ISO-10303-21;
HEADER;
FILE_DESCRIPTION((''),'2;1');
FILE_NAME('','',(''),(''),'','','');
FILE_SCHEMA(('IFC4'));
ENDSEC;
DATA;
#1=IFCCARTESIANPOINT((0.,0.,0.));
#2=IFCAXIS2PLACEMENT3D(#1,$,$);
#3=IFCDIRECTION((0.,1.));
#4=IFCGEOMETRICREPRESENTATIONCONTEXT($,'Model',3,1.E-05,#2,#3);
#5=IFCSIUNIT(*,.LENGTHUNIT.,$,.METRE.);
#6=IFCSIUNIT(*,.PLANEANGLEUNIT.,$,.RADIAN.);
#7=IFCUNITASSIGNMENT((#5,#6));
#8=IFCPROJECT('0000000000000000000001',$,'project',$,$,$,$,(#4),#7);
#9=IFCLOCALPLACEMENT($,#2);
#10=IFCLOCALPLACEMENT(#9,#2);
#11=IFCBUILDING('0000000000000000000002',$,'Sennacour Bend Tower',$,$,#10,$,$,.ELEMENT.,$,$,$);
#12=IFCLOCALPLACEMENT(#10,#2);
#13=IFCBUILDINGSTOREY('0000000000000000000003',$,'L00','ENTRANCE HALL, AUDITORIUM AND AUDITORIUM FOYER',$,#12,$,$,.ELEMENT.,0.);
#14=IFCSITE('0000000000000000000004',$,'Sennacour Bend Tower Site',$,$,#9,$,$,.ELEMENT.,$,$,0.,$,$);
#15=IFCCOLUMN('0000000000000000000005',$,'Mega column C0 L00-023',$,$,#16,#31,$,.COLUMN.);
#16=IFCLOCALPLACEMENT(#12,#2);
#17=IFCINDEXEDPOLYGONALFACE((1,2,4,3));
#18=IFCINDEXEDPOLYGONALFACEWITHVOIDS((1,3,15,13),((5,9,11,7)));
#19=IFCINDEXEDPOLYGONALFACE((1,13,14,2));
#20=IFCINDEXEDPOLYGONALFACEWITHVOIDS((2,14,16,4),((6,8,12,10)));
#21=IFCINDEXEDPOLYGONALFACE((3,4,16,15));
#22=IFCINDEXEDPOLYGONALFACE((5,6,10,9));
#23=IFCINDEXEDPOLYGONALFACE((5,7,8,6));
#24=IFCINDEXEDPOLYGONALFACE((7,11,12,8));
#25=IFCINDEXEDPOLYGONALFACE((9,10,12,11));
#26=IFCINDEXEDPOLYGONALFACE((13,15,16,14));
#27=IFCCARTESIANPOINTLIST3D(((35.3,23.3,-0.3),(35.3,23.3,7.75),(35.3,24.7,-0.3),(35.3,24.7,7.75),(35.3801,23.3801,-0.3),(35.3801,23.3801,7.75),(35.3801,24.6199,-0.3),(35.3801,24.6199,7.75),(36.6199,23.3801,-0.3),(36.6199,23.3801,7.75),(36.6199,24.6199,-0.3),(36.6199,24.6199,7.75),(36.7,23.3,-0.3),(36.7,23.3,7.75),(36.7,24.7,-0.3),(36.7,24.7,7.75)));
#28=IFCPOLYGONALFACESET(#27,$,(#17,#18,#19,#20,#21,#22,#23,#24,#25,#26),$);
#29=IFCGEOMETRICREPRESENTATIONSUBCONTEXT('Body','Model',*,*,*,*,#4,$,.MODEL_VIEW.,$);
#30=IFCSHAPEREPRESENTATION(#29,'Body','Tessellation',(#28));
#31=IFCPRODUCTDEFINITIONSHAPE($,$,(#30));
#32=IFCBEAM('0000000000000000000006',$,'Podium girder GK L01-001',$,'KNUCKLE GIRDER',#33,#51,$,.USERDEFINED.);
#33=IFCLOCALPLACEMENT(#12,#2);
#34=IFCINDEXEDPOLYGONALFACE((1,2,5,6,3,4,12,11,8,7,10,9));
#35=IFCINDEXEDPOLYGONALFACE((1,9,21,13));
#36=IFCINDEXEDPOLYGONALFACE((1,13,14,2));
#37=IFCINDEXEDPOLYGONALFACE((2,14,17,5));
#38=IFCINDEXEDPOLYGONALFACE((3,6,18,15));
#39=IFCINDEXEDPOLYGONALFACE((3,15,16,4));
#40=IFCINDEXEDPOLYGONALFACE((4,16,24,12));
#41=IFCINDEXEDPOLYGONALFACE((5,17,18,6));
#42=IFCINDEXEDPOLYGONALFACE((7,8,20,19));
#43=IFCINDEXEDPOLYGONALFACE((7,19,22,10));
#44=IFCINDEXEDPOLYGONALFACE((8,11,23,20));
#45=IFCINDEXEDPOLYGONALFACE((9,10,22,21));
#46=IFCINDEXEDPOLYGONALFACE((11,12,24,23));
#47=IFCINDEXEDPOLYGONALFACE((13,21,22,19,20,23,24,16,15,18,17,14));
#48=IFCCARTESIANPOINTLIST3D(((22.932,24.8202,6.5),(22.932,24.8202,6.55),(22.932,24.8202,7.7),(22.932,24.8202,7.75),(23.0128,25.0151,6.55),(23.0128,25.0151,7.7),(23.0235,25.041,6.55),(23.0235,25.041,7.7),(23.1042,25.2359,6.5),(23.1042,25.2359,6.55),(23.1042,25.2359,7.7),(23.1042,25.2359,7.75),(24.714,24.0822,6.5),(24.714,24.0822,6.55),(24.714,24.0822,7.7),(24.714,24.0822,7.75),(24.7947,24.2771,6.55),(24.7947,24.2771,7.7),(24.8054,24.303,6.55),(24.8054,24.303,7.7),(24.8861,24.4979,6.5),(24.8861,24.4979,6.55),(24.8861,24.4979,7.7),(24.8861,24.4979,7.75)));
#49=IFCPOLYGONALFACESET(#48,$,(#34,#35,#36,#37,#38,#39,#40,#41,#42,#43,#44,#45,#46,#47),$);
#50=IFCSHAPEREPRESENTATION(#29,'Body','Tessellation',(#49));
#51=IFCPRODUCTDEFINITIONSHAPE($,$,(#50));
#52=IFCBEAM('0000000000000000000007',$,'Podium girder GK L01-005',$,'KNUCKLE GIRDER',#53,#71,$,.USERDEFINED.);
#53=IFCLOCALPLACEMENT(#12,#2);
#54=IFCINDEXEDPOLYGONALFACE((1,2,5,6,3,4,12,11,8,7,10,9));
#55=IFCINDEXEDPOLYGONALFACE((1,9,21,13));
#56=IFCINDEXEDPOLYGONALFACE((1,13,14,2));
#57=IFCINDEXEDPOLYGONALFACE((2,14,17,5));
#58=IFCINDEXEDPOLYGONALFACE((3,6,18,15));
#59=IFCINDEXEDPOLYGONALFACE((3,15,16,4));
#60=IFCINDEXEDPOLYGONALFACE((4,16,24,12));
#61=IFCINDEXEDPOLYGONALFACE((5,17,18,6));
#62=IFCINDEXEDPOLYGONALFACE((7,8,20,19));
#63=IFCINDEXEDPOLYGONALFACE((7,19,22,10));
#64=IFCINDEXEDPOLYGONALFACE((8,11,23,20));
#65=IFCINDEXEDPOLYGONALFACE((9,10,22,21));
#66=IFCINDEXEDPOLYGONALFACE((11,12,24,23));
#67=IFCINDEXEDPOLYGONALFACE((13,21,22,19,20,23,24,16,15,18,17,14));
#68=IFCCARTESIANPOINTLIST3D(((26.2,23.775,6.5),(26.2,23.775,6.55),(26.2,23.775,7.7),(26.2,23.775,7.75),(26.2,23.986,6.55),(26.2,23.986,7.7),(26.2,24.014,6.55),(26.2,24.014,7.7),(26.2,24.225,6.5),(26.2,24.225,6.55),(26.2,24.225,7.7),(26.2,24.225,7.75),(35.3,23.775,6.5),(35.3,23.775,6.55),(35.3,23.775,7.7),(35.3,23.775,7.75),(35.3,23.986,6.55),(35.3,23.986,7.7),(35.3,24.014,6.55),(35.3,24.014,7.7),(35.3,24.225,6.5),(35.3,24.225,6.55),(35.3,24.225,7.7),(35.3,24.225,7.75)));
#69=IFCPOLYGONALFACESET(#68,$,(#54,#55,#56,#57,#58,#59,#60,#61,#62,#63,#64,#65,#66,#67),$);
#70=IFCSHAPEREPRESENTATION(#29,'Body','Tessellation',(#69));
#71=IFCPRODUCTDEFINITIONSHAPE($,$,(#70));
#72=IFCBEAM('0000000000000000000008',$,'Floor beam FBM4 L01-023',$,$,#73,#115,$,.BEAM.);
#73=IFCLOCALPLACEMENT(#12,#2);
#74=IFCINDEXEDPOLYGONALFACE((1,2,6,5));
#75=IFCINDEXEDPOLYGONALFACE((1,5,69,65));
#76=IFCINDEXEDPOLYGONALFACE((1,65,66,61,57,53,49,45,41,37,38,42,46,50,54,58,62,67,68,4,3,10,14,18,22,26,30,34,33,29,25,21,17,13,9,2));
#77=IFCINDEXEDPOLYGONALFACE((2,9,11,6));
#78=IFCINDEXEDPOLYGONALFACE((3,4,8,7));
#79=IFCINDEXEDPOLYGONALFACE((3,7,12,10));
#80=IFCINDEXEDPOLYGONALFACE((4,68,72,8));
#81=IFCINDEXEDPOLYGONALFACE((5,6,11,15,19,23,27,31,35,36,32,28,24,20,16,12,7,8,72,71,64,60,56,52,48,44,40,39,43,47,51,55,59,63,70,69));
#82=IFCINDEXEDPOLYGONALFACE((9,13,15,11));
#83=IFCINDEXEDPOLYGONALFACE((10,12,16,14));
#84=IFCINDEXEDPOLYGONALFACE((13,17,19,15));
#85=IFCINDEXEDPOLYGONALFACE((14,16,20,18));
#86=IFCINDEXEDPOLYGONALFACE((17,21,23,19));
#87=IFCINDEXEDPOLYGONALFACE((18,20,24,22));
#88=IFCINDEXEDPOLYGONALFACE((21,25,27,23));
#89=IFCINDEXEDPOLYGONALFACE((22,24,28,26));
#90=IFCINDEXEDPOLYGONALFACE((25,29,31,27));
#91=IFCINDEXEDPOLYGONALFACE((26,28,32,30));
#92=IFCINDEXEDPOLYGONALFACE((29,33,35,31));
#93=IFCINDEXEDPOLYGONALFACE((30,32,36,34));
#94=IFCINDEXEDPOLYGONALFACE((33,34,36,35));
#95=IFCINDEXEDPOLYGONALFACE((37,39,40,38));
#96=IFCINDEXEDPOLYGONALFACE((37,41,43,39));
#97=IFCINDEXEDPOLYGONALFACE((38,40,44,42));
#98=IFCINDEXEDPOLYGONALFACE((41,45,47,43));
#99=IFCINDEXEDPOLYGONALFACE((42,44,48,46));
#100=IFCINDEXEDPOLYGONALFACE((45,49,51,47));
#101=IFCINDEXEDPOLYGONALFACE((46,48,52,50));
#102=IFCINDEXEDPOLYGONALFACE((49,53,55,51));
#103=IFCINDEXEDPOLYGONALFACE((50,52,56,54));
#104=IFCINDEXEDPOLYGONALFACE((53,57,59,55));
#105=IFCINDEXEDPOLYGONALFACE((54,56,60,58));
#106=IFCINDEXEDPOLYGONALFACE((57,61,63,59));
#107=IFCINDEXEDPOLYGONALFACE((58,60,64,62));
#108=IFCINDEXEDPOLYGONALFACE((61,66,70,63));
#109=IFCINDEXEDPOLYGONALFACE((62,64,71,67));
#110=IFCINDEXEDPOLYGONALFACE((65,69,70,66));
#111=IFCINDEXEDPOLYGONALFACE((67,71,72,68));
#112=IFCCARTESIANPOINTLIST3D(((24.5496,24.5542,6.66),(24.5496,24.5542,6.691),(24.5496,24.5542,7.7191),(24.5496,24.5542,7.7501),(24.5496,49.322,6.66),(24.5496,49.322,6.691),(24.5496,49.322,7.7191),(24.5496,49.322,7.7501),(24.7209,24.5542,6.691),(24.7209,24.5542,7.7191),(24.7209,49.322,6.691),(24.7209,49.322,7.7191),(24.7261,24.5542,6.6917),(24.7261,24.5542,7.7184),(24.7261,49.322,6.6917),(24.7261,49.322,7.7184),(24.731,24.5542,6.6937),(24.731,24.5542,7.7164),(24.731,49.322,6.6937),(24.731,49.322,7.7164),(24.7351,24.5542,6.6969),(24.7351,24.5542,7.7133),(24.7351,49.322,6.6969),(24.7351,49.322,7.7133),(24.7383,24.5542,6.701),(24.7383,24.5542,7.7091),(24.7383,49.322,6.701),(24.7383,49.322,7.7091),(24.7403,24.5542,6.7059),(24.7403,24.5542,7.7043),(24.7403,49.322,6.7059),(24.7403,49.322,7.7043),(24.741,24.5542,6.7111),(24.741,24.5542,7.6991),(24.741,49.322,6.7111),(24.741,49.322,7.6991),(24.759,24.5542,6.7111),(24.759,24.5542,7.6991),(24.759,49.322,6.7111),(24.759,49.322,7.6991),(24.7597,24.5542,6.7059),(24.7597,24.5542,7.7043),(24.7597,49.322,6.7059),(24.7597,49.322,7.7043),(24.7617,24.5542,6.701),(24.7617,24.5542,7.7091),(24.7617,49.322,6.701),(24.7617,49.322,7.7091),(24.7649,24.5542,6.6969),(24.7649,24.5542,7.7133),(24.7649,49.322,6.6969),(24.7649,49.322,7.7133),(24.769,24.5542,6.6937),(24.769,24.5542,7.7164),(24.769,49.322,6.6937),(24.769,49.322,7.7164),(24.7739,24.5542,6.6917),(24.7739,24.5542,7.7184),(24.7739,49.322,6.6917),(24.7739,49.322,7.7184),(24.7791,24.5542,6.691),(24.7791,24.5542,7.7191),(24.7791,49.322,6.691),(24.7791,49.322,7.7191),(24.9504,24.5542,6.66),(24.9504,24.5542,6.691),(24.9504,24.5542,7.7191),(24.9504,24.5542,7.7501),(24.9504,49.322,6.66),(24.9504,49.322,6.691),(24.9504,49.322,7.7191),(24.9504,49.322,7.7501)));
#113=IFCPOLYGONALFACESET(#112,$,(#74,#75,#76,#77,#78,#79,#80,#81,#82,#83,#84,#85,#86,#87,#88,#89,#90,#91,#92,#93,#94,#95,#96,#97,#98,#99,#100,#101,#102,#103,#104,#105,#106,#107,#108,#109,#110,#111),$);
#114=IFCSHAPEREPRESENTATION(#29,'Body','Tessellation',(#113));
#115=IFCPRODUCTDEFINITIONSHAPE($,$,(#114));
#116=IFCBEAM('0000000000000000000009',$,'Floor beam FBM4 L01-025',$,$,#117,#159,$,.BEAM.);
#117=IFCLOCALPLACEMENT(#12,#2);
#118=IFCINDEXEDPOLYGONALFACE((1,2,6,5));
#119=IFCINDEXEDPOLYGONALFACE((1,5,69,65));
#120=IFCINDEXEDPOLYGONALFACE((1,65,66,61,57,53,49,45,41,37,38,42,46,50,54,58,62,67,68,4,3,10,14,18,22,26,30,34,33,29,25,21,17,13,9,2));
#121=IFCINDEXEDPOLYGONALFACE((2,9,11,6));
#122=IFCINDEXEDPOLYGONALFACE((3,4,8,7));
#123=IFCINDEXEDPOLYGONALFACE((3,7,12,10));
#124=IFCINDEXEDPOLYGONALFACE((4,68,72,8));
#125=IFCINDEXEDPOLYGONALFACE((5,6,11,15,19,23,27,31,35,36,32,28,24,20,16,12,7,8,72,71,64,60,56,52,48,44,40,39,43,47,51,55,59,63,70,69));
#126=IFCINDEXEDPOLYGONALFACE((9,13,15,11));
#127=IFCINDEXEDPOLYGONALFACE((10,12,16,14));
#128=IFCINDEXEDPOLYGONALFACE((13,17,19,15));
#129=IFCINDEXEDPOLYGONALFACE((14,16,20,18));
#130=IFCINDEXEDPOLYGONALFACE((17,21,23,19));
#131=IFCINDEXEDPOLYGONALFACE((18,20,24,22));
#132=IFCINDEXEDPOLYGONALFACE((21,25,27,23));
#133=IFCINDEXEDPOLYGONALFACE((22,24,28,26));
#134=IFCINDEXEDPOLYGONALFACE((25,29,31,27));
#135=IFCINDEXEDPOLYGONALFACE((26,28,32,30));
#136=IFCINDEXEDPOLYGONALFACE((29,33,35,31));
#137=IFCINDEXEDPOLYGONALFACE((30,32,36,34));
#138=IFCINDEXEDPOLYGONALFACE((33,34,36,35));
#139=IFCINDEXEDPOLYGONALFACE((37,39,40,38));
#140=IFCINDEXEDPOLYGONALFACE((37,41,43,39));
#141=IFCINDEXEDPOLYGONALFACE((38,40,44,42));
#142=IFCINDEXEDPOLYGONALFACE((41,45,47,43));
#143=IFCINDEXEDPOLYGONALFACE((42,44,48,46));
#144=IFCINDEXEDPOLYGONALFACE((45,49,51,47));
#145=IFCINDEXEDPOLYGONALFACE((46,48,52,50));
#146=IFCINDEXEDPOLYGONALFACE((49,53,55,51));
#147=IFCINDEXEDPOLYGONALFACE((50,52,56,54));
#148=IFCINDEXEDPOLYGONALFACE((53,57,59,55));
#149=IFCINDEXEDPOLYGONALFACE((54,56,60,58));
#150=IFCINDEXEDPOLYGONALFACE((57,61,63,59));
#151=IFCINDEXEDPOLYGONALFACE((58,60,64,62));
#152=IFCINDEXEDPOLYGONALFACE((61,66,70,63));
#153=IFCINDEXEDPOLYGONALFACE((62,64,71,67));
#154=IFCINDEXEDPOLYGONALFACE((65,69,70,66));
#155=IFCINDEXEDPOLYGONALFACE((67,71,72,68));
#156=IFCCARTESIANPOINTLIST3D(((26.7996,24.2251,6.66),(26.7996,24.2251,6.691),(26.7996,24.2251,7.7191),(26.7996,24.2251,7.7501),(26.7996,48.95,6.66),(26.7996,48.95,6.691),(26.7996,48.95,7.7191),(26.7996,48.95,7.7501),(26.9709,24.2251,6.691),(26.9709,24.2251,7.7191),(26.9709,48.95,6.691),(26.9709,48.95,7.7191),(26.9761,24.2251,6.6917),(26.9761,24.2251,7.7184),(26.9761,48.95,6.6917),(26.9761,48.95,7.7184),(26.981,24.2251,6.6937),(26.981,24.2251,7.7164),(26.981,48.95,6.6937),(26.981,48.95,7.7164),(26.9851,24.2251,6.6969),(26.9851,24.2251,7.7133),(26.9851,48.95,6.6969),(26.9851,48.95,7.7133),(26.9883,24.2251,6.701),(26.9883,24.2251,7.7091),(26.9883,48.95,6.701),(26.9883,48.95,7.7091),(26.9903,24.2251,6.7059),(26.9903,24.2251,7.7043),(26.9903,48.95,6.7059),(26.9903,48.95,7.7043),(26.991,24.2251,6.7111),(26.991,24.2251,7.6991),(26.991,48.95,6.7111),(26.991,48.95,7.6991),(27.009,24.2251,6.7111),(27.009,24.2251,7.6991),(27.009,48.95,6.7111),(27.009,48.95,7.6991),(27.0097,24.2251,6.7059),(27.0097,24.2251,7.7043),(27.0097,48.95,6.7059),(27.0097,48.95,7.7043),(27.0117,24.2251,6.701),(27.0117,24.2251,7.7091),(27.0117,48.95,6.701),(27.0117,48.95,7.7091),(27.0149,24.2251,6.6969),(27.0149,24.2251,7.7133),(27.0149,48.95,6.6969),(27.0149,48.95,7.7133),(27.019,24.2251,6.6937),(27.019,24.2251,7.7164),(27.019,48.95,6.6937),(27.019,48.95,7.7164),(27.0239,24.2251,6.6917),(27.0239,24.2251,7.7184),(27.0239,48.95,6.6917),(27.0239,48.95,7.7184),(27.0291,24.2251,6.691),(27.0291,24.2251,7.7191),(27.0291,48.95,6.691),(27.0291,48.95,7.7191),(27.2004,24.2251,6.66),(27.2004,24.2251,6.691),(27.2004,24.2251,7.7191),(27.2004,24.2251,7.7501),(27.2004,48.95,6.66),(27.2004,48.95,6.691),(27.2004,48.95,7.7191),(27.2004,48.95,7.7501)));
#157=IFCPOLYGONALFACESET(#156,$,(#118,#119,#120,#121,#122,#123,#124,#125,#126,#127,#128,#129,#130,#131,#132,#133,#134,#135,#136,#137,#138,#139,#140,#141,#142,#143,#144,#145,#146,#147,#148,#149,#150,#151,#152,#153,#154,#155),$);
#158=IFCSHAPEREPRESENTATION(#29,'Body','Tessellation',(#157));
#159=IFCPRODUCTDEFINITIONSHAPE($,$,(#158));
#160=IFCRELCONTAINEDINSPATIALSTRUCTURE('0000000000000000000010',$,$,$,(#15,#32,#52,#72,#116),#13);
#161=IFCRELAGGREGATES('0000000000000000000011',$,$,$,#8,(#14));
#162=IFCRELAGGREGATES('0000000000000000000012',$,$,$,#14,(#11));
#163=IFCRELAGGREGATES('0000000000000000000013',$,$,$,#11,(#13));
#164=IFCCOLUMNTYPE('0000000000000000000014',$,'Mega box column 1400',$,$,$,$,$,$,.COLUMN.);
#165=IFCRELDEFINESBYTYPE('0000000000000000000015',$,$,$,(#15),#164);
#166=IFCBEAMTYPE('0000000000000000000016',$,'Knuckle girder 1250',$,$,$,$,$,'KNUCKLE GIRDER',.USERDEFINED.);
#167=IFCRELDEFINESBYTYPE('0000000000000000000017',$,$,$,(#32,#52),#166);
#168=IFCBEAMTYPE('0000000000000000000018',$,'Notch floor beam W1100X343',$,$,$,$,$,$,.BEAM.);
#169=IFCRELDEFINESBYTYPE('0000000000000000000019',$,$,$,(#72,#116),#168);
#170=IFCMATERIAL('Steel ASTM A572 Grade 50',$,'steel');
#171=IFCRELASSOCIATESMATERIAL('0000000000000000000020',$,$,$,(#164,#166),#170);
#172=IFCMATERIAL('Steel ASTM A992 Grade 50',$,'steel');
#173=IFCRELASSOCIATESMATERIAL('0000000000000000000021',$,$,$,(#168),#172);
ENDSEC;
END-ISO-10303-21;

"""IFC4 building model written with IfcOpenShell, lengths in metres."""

from ifc_helpers import new_model, si_unit, direction, frame, origin, origin_2d, place, context, subcontext, project, spatial, hollow_rectangle, i_section, extrude, material, material_profile, profile_set, type_object, element, save


model = new_model("IFC4")

# Units and contexts
model_context = context("Model", 3, precision=1e-05, world=origin(), true_north=direction((0.0, 1.0)))
body_context = subcontext(model_context, "Body", "Model", "MODEL_VIEW")
ifc_project = project(units=[si_unit("LENGTHUNIT", "METRE"), si_unit("PLANEANGLEUNIT", "RADIAN")], contexts=[model_context])

# Site, building, storey
site_placement = place(None, origin())
site = spatial("IfcSite", under=ifc_project, at=site_placement, Name="Sennacour Bend Tower Site", CompositionType="ELEMENT", RefElevation=0.0)
building_placement = place(site_placement, origin())
building = spatial("IfcBuilding", under=site, at=building_placement, Name="Sennacour Bend Tower", CompositionType="ELEMENT")
storey_placement = place(building_placement, origin())
storey = spatial("IfcBuildingStorey", under=building, at=storey_placement, Name="L00", Description="ENTRANCE HALL, AUDITORIUM AND AUDITORIUM FOYER", CompositionType="ELEMENT", Elevation=0.0)

# Column
ifc_material_1 = material(Name="Steel ASTM A572 Grade 50", Category="steel")
ifc_material_profile_1 = material_profile(ifc_material_1, hollow_rectangle(XDim=1.3999, YDim=1.3999, WallThickness=0.0801, at=origin_2d()), Name="Steel ASTM A572 Grade 50", Category="steel")
ifc_profile_set_1 = profile_set([ifc_material_profile_1], Name="Steel ASTM A572 Grade 50")
column_type = type_object("IfcColumnType", Name="Mega box column 1400", PredefinedType="COLUMN", material=ifc_profile_set_1)
for number, where, z_axis, x_axis, name in (
    (1, (36.0, 24.0, -0.3), (0.0, 0.0, 1.0), (1.0, 0.0, 0.0), "Mega column C0 L00-023"),
):
    element("IfcColumn", number, at=place(storey_placement, frame(where, z_axis=z_axis, x_axis=x_axis)), inside=storey, type_object=column_type, Name=name, PredefinedType="COLUMN", context=body_context, shape_type="SweptSolid", body=[
        extrude(hollow_rectangle(XDim=1.3999, YDim=1.3999, WallThickness=0.0801, at=origin_2d()), origin(), (0.0, 0.0, 1.0), 8.05),
    ])

# Beams
ifc_material_profile_2 = material_profile(ifc_material_1, i_section(OverallWidth=0.45, OverallDepth=1.25, WebThickness=0.0281, FlangeThickness=0.05, at=origin_2d()), Name="Steel ASTM A572 Grade 50", Category="steel")
ifc_profile_set_2 = profile_set([ifc_material_profile_2], Name="Steel ASTM A572 Grade 50")
beam_type_1 = type_object("IfcBeamType", Name="Knuckle girder 1250", ElementType="KNUCKLE GIRDER", PredefinedType="USERDEFINED", material=ifc_profile_set_2)
beam_1_placement = place(storey_placement, frame((24.8, 24.29, 7.125), z_axis=(-0.923895, 0.382646, 0.0), x_axis=(-0.382646, -0.923895, 0.0)))
element("IfcBeam", 2, at=beam_1_placement, inside=storey, type_object=beam_type_1, Name="Podium girder GK L01-001", ObjectType="KNUCKLE GIRDER", PredefinedType="USERDEFINED", context=body_context, shape_type="SweptSolid", body=[
    extrude(i_section(OverallWidth=0.45, OverallDepth=1.25, WebThickness=0.0281, FlangeThickness=0.05, at=origin_2d()), origin(), (0.0, 0.0, 1.0), 1.9287),
])
beam_2_placement = place(storey_placement, frame((35.3, 24.0, 7.125), z_axis=(-1.0, 0.0, 0.0), x_axis=(0.0, -1.0, 0.0)))
element("IfcBeam", 3, at=beam_2_placement, inside=storey, type_object=beam_type_1, Name="Podium girder GK L01-005", ObjectType="KNUCKLE GIRDER", PredefinedType="USERDEFINED", context=body_context, shape_type="SweptSolid", body=[
    extrude(i_section(OverallWidth=0.45, OverallDepth=1.25, WebThickness=0.0281, FlangeThickness=0.05, at=origin_2d()), origin(), (0.0, 0.0, 1.0), 9.1001),
])
ifc_material_2 = material(Name="Steel ASTM A992 Grade 50", Category="steel")
ifc_material_profile_3 = material_profile(ifc_material_2, i_section(OverallWidth=0.4009, OverallDepth=1.0901, WebThickness=0.0181, FlangeThickness=0.031, FilletRadius=0.02, at=origin_2d()), Name="Steel ASTM A992 Grade 50", Category="steel")
ifc_profile_set_3 = profile_set([ifc_material_profile_3], Name="Steel ASTM A992 Grade 50")
beam_type_2 = type_object("IfcBeamType", Name="Notch floor beam W1100X343", PredefinedType="BEAM", material=ifc_profile_set_3)
beam_3_placement = place(storey_placement, frame((24.75, 24.5542, 7.2051), z_axis=(0.0, 1.0, 0.0), x_axis=(-1.0, 0.0, 0.0)))
element("IfcBeam", 4, at=beam_3_placement, inside=storey, type_object=beam_type_2, Name="Floor beam FBM4 L01-023", PredefinedType="BEAM", context=body_context, shape_type="SweptSolid", body=[
    extrude(i_section(OverallWidth=0.4009, OverallDepth=1.0901, WebThickness=0.0181, FlangeThickness=0.031, FilletRadius=0.02, at=origin_2d()), origin(), (0.0, 0.0, 1.0), 24.7678),
])
beam_4_placement = place(storey_placement, frame((27.0, 24.2251, 7.2051), z_axis=(0.0, 1.0, 0.0), x_axis=(-1.0, 0.0, 0.0)))
element("IfcBeam", 5, at=beam_4_placement, inside=storey, type_object=beam_type_2, Name="Floor beam FBM4 L01-025", PredefinedType="BEAM", context=body_context, shape_type="SweptSolid", body=[
    extrude(i_section(OverallWidth=0.4009, OverallDepth=1.0901, WebThickness=0.0181, FlangeThickness=0.031, FilletRadius=0.02, at=origin_2d()), origin(), (0.0, 0.0, 1.0), 24.7249),
])

save(model, "model.ifc")
